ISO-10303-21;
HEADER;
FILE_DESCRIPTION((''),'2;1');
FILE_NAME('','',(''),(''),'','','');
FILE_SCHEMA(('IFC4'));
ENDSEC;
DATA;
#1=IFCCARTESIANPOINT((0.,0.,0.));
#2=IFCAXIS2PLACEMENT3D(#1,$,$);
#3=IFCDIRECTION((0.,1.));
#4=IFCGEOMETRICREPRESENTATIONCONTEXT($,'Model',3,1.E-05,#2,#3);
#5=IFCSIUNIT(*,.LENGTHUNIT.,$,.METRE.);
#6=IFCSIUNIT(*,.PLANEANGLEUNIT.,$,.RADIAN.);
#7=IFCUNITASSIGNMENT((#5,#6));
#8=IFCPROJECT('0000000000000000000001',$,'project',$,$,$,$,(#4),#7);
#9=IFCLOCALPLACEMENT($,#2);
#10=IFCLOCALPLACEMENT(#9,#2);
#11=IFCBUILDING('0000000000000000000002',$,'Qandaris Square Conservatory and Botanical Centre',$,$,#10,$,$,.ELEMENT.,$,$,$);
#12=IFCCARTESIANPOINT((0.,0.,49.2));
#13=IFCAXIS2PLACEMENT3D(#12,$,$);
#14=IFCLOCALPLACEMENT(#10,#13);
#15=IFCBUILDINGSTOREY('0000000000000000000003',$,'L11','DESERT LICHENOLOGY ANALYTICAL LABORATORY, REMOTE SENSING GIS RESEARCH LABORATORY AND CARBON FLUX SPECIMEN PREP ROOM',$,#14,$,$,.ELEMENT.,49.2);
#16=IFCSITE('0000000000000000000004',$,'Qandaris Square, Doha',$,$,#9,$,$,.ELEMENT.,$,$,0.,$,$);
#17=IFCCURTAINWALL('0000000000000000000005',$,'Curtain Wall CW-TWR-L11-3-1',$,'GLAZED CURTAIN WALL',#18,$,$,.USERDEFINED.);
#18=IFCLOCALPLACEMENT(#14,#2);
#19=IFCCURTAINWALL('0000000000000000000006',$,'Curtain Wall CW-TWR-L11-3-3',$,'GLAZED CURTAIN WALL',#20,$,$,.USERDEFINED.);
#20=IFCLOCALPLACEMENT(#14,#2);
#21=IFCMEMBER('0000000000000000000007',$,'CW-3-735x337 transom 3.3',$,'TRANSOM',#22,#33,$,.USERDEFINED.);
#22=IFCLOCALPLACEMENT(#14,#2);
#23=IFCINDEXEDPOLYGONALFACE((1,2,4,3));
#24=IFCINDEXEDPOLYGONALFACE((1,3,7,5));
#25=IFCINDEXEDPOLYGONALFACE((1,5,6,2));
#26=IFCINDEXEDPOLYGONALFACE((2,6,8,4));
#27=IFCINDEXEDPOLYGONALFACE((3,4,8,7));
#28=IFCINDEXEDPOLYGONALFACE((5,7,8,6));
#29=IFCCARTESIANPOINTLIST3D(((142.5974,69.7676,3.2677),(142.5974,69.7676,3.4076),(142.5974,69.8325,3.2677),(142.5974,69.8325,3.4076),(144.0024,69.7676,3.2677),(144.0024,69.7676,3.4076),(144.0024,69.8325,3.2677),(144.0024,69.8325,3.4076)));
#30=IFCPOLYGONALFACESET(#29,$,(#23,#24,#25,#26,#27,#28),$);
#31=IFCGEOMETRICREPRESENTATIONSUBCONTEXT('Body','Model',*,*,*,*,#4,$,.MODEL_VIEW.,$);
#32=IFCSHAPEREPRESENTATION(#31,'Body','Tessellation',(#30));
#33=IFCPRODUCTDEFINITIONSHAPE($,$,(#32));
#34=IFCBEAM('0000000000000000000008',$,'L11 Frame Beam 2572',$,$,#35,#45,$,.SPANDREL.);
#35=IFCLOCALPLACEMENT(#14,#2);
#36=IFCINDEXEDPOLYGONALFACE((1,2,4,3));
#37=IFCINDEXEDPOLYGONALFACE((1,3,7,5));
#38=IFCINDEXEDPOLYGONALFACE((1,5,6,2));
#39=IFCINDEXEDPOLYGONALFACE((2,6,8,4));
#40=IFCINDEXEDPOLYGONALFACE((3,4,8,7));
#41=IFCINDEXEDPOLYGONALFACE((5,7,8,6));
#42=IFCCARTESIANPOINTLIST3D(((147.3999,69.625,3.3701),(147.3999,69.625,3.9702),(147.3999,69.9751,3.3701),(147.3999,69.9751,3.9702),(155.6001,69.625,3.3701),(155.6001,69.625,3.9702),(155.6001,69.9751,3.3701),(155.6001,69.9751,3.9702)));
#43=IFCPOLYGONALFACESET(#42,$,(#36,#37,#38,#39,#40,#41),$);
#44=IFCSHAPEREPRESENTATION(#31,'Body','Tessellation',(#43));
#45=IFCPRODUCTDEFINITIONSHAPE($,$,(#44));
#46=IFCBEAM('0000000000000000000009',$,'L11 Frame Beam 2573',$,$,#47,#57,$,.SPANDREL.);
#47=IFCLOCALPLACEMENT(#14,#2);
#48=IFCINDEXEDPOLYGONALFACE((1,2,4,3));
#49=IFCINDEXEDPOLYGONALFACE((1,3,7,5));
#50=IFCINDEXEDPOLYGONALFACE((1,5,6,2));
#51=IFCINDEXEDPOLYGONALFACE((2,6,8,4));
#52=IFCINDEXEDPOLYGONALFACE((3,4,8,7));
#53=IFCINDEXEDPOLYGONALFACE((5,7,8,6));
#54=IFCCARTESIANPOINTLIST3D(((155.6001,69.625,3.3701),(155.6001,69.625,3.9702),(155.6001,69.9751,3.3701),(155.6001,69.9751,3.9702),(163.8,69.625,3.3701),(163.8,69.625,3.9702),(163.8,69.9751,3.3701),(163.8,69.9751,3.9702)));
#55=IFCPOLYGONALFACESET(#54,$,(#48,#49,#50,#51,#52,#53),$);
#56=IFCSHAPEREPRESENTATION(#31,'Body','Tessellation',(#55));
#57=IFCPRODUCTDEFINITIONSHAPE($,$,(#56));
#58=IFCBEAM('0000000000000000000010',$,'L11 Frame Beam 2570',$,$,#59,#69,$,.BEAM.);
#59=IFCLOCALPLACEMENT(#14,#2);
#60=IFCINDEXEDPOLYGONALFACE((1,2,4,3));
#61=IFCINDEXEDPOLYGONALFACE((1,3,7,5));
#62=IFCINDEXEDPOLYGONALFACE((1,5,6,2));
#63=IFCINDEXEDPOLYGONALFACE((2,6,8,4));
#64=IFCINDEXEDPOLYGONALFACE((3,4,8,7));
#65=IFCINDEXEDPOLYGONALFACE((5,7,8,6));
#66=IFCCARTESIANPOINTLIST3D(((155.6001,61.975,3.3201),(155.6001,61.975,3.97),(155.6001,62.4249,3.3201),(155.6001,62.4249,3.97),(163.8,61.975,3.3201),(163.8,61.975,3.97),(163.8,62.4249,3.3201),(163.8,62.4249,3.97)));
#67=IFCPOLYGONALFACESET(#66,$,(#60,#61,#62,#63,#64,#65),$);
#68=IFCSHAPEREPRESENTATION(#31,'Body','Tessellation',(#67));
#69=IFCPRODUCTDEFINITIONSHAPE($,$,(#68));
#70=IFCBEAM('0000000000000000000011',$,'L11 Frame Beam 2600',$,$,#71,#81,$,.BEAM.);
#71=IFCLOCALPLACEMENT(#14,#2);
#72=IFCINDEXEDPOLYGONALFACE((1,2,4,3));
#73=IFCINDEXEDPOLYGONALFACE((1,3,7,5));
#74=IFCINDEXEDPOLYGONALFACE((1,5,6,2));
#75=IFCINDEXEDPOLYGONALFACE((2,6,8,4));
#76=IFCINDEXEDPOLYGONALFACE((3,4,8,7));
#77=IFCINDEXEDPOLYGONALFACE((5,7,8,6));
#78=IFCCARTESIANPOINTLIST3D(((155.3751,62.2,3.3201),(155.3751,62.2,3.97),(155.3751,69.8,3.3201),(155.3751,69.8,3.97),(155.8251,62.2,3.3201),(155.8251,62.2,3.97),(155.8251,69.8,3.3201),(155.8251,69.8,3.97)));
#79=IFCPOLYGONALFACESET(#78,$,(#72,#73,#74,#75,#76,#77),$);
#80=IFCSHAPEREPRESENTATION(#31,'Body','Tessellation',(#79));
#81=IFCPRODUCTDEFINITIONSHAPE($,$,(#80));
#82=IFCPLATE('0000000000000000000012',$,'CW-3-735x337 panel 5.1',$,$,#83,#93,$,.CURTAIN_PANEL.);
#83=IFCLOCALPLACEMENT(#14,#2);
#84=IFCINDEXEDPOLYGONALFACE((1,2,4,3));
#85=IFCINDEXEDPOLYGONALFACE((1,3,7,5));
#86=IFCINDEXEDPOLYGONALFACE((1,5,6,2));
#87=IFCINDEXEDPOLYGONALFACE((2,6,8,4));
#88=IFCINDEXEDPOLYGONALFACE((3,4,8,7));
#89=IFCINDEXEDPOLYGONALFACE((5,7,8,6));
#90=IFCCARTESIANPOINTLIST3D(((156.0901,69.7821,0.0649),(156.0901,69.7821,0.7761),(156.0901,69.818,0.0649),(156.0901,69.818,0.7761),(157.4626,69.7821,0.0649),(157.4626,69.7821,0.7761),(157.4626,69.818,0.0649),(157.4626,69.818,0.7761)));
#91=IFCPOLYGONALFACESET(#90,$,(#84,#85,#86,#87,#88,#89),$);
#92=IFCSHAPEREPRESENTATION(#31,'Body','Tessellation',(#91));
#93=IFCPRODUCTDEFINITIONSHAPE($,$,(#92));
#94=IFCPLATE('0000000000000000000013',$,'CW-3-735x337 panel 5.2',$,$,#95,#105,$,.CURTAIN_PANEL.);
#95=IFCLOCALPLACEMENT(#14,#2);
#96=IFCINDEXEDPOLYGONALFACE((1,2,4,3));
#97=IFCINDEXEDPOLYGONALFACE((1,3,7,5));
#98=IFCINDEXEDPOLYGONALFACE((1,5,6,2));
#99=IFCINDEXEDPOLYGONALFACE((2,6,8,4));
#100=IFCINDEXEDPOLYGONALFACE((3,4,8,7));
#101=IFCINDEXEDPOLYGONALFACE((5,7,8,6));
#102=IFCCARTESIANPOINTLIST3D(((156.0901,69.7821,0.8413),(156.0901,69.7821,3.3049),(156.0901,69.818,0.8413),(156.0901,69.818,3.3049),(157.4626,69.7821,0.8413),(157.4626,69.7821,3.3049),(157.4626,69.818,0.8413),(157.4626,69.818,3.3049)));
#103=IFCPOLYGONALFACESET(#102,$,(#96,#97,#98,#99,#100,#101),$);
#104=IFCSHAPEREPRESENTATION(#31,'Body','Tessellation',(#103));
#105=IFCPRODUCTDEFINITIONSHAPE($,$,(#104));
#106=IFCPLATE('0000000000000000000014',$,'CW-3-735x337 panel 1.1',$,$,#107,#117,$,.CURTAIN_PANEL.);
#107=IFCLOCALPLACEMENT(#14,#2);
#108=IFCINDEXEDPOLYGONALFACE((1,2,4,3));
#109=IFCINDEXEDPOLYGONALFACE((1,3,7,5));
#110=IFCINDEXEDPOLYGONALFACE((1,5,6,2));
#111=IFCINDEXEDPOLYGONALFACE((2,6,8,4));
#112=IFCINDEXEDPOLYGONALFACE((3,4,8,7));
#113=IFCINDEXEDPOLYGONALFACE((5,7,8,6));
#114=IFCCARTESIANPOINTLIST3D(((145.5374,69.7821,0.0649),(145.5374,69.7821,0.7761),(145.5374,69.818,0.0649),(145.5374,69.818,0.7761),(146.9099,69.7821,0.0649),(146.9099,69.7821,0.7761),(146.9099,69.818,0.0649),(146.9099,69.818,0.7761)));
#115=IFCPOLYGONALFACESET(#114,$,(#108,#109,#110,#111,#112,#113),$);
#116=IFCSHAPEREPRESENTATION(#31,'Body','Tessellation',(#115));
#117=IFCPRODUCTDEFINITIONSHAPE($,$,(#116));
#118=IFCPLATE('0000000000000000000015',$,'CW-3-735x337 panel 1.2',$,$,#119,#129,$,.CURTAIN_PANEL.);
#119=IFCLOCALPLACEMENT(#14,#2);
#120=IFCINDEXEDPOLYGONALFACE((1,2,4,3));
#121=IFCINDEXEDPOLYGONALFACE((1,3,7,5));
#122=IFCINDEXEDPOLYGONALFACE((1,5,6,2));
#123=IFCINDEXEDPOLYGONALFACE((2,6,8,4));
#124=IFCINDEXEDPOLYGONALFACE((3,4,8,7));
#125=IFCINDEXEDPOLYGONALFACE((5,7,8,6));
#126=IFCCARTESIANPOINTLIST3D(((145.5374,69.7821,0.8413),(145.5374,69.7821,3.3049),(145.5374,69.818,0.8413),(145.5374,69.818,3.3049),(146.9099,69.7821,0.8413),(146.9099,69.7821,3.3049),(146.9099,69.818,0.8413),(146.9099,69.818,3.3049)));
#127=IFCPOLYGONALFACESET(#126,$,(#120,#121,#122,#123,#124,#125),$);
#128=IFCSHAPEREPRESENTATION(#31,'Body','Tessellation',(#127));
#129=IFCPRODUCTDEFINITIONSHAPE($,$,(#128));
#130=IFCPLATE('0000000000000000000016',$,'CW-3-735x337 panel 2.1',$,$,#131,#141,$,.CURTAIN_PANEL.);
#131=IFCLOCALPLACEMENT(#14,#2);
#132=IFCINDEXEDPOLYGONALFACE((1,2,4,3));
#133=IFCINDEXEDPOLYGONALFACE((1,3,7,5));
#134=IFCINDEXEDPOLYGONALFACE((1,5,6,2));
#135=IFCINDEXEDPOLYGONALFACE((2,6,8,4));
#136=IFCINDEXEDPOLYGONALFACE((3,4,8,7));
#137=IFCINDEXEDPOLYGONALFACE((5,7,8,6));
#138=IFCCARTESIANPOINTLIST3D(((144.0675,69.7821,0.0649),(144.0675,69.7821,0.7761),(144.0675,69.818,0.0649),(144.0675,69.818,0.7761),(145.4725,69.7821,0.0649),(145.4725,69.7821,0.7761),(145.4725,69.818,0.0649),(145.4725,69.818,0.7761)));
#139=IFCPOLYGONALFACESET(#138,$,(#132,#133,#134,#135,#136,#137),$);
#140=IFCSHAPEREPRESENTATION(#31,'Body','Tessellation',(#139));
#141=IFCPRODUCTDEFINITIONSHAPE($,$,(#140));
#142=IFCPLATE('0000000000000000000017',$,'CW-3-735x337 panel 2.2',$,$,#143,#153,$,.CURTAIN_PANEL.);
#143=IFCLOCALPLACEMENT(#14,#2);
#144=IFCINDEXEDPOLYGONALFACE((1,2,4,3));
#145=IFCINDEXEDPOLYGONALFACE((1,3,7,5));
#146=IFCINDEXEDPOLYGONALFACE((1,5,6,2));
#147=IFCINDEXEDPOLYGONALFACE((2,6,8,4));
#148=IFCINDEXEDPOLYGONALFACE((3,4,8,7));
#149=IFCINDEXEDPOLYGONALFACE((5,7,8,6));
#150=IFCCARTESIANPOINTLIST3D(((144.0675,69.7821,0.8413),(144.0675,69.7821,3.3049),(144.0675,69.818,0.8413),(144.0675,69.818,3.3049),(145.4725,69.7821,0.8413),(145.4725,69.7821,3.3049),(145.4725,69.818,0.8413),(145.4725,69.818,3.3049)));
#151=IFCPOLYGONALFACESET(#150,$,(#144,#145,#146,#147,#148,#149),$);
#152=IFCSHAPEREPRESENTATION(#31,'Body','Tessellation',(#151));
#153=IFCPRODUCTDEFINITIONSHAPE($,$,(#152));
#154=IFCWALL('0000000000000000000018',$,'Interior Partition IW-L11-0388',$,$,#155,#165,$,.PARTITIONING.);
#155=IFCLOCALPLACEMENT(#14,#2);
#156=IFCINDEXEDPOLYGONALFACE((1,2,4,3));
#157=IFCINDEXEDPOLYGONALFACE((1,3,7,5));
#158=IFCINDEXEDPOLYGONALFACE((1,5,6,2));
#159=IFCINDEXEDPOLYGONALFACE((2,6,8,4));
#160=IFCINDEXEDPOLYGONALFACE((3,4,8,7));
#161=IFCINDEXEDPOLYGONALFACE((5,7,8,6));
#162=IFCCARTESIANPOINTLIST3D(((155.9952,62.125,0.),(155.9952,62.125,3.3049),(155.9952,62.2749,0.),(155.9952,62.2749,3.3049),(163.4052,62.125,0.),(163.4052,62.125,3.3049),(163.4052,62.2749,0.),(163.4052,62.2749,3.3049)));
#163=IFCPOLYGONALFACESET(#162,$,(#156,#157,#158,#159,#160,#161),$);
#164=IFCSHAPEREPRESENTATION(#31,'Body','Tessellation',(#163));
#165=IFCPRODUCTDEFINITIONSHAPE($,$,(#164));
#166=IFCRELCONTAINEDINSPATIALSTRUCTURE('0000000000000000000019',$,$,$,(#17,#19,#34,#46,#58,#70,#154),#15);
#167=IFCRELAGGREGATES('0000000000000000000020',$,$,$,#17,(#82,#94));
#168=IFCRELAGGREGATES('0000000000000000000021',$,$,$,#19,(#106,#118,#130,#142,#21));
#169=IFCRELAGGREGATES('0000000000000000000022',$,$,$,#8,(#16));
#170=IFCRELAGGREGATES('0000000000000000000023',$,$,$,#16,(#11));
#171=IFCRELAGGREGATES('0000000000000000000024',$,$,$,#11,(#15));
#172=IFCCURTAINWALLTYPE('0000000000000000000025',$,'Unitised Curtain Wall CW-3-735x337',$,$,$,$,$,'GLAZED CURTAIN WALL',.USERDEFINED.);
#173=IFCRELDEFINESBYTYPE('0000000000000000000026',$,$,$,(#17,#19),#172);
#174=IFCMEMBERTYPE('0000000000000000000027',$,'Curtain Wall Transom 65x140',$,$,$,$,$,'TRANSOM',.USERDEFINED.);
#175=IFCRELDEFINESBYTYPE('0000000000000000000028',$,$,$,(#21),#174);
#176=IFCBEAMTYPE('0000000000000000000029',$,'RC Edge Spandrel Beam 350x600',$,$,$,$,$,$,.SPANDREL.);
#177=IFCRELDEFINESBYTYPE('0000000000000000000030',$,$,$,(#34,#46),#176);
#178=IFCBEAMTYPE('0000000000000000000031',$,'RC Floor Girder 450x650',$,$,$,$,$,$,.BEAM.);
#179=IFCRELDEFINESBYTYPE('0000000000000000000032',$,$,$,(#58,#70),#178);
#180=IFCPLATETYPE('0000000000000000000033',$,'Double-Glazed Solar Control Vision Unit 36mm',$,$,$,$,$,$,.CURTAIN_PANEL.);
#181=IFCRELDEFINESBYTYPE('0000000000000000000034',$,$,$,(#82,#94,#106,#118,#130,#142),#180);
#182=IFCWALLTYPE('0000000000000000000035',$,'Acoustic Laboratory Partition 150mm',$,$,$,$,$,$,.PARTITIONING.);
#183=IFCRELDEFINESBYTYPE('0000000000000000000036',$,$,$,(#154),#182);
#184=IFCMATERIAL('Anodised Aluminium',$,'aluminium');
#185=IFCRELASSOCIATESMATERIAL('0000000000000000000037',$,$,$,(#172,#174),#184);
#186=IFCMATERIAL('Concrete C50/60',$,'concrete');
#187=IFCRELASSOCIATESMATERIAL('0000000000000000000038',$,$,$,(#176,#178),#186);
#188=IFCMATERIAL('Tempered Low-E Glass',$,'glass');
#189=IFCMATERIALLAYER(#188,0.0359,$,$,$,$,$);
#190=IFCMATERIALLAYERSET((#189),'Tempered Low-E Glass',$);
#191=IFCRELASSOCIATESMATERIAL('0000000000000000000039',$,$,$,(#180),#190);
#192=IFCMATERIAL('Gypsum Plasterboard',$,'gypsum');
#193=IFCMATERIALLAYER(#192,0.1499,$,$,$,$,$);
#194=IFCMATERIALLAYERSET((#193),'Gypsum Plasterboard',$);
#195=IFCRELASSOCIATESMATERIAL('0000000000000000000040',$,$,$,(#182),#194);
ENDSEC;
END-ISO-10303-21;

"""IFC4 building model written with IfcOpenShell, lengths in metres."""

from ifc_helpers import new_model, si_unit, direction, frame, frame_2d, origin, origin_2d, place, context, subcontext, project, spatial, rectangle, extrude, material, layer, layer_set, material_profile, profile_set, type_object, element, aggregate, save


model = new_model("IFC4")

# Units and contexts
model_context = context("Model", 3, precision=1e-05, world=origin(), true_north=direction((0.0, 1.0)))
body_context = subcontext(model_context, "Body", "Model", "MODEL_VIEW")
ifc_project = project(units=[si_unit("LENGTHUNIT", "METRE"), si_unit("PLANEANGLEUNIT", "RADIAN")], contexts=[model_context])

# Site, building, storey
site_placement = place(None, origin())
site = spatial("IfcSite", under=ifc_project, at=site_placement, Name="Qandaris Square, Doha", CompositionType="ELEMENT", RefElevation=0.0)
building_placement = place(site_placement, origin())
building = spatial("IfcBuilding", under=site, at=building_placement, Name="Qandaris Square Conservatory and Botanical Centre", CompositionType="ELEMENT")
storey_placement = place(building_placement, frame((0.0, 0.0, 49.2)))
storey = spatial("IfcBuildingStorey", under=building, at=storey_placement, Name="L11", Description="DESERT LICHENOLOGY ANALYTICAL LABORATORY, REMOTE SENSING GIS RESEARCH LABORATORY AND CARBON FLUX SPECIMEN PREP ROOM", CompositionType="ELEMENT", Elevation=49.2)

# Shared definitions
ifc_material_1 = material(Name="Concrete C50/60", Category="concrete")

# Curtain wall
ifc_material_2 = material(Name="Anodised Aluminium", Category="aluminium")
curtain_wall_type = type_object("IfcCurtainWallType", Name="Unitised Curtain Wall CW-3-735x337", ElementType="GLAZED CURTAIN WALL", PredefinedType="USERDEFINED", material=ifc_material_2)
curtain_wall_1_placement = place(storey_placement, origin())
curtain_wall_1 = element("IfcCurtainWall", 1, at=curtain_wall_1_placement, inside=storey, type_object=curtain_wall_type, Name="Curtain Wall CW-TWR-L11-3-1", ObjectType="GLAZED CURTAIN WALL", PredefinedType="USERDEFINED")

# Curtain wall
curtain_wall_2_placement = place(storey_placement, origin())
curtain_wall_2 = element("IfcCurtainWall", 2, at=curtain_wall_2_placement, inside=storey, type_object=curtain_wall_type, Name="Curtain Wall CW-TWR-L11-3-3", ObjectType="GLAZED CURTAIN WALL", PredefinedType="USERDEFINED")

# Member
ifc_material_profile_1 = material_profile(ifc_material_2, rectangle(XDim=0.0649, YDim=0.1399, at=origin_2d()), Name="ALU-TRN 65x140")
ifc_profile_set_1 = profile_set([ifc_material_profile_1], Name="Anodised Aluminium")
member_type_1 = type_object("IfcMemberType", Name="Curtain Wall Transom 65x140", ElementType="TRANSOM", PredefinedType="USERDEFINED", material=ifc_profile_set_1)
member_1_placement = place(storey_placement, frame((144.0024, 69.8, 3.3376), z_axis=(-1.0, 0.0, 0.0), x_axis=(0.0, -1.0, 0.0)))
member_1 = element("IfcMember", 3, at=member_1_placement, type_object=member_type_1, Name="CW-3-735x337 transom 3.3", ObjectType="TRANSOM", PredefinedType="USERDEFINED", context=body_context, shape_type="SweptSolid", body=[
    extrude(rectangle(XDim=0.0649, YDim=0.1399, at=origin_2d()), origin(), (0.0, 0.0, 1.0), 1.405),
])

# Beams
ifc_material_profile_2 = material_profile(ifc_material_1, rectangle(XDim=0.3501, YDim=0.6001, at=origin_2d()), Name="RC-SP 350x600")
ifc_profile_set_2 = profile_set([ifc_material_profile_2], Name="Concrete C50/60")
beam_type_1 = type_object("IfcBeamType", Name="RC Edge Spandrel Beam 350x600", PredefinedType="SPANDREL", material=ifc_profile_set_2)
beam_1_placement = place(storey_placement, frame((147.3999, 69.8, 3.6702), z_axis=(1.0, 0.0, 0.0), x_axis=(0.0, 1.0, 0.0)))
element("IfcBeam", 4, at=beam_1_placement, inside=storey, type_object=beam_type_1, Name="L11 Frame Beam 2572", PredefinedType="SPANDREL", context=body_context, shape_type="SweptSolid", body=[
    extrude(rectangle(XDim=0.3501, YDim=0.6001, at=origin_2d()), origin(), (0.0, 0.0, 1.0), 8.2002),
])
beam_2_placement = place(storey_placement, frame((155.6001, 69.8, 3.6702), z_axis=(1.0, 0.0, 0.0), x_axis=(0.0, 1.0, 0.0)))
element("IfcBeam", 5, at=beam_2_placement, inside=storey, type_object=beam_type_1, Name="L11 Frame Beam 2573", PredefinedType="SPANDREL", context=body_context, shape_type="SweptSolid", body=[
    extrude(rectangle(XDim=0.3501, YDim=0.6001, at=origin_2d()), origin(), (0.0, 0.0, 1.0), 8.2),
])
ifc_material_profile_3 = material_profile(ifc_material_1, rectangle(XDim=0.45, YDim=0.6499, at=origin_2d()), Name="RC-BM 450x650")
ifc_profile_set_3 = profile_set([ifc_material_profile_3], Name="Concrete C50/60")
beam_type_2 = type_object("IfcBeamType", Name="RC Floor Girder 450x650", PredefinedType="BEAM", material=ifc_profile_set_3)
beam_3_placement = place(storey_placement, frame((155.6001, 62.2, 3.645), z_axis=(1.0, 0.0, 0.0), x_axis=(0.0, 1.0, 0.0)))
element("IfcBeam", 6, at=beam_3_placement, inside=storey, type_object=beam_type_2, Name="L11 Frame Beam 2570", PredefinedType="BEAM", context=body_context, shape_type="SweptSolid", body=[
    extrude(rectangle(XDim=0.45, YDim=0.6499, at=origin_2d()), origin(), (0.0, 0.0, 1.0), 8.2),
])
beam_4_placement = place(storey_placement, frame((155.6001, 62.2, 3.645), z_axis=(0.0, 1.0, 0.0), x_axis=(-1.0, 0.0, 0.0)))
element("IfcBeam", 7, at=beam_4_placement, inside=storey, type_object=beam_type_2, Name="L11 Frame Beam 2600", PredefinedType="BEAM", context=body_context, shape_type="SweptSolid", body=[
    extrude(rectangle(XDim=0.45, YDim=0.6499, at=origin_2d()), origin(), (0.0, 0.0, 1.0), 7.6001),
])

# Plates
ifc_material_3 = material(Name="Tempered Low-E Glass", Category="glass")
ifc_layer_1 = layer(ifc_material_3, 0.0359)
ifc_layer_set_1 = layer_set([ifc_layer_1], Name="Tempered Low-E Glass")
plate_type = type_object("IfcPlateType", Name="Double-Glazed Solar Control Vision Unit 36mm", PredefinedType="CURTAIN_PANEL", material=ifc_layer_set_1)
plate_1_placement = place(storey_placement, frame((156.7764, 69.8, 0.0649), z_axis=(0.0, 0.0, 1.0), x_axis=(-1.0, 0.0, 0.0)))
plate_1 = element("IfcPlate", 8, at=plate_1_placement, type_object=plate_type, Name="CW-3-735x337 panel 5.1", PredefinedType="CURTAIN_PANEL", context=body_context, shape_type="SweptSolid", body=[
    extrude(rectangle(XDim=1.3726, YDim=0.0359, at=origin_2d()), origin(), (0.0, 0.0, 1.0), 0.7112),
])
plate_2_placement = place(storey_placement, frame((156.7764, 69.8, 0.8413), z_axis=(0.0, 0.0, 1.0), x_axis=(-1.0, 0.0, 0.0)))
plate_2 = element("IfcPlate", 9, at=plate_2_placement, type_object=plate_type, Name="CW-3-735x337 panel 5.2", PredefinedType="CURTAIN_PANEL", context=body_context, shape_type="SweptSolid", body=[
    extrude(rectangle(XDim=1.3726, YDim=0.0359, at=origin_2d()), origin(), (0.0, 0.0, 1.0), 2.4636),
])
aggregate(curtain_wall_1, [plate_1, plate_2])
plate_3_placement = place(storey_placement, frame((146.2236, 69.8, 0.0649), z_axis=(0.0, 0.0, 1.0), x_axis=(-1.0, 0.0, 0.0)))
plate_3 = element("IfcPlate", 10, at=plate_3_placement, type_object=plate_type, Name="CW-3-735x337 panel 1.1", PredefinedType="CURTAIN_PANEL", context=body_context, shape_type="SweptSolid", body=[
    extrude(rectangle(XDim=1.3726, YDim=0.0359, at=origin_2d()), origin(), (0.0, 0.0, 1.0), 0.7112),
])
plate_4_placement = place(storey_placement, frame((146.2236, 69.8, 0.8413), z_axis=(0.0, 0.0, 1.0), x_axis=(-1.0, 0.0, 0.0)))
plate_4 = element("IfcPlate", 11, at=plate_4_placement, type_object=plate_type, Name="CW-3-735x337 panel 1.2", PredefinedType="CURTAIN_PANEL", context=body_context, shape_type="SweptSolid", body=[
    extrude(rectangle(XDim=1.3726, YDim=0.0359, at=origin_2d()), origin(), (0.0, 0.0, 1.0), 2.4636),
])
plate_5_placement = place(storey_placement, frame((144.77, 69.8, 0.0649), z_axis=(0.0, 0.0, 1.0), x_axis=(-1.0, 0.0, 0.0)))
plate_5 = element("IfcPlate", 12, at=plate_5_placement, type_object=plate_type, Name="CW-3-735x337 panel 2.1", PredefinedType="CURTAIN_PANEL", context=body_context, shape_type="SweptSolid", body=[
    extrude(rectangle(XDim=1.405, YDim=0.0359, at=origin_2d()), origin(), (0.0, 0.0, 1.0), 0.7112),
])
plate_6_placement = place(storey_placement, frame((144.77, 69.8, 0.8413), z_axis=(0.0, 0.0, 1.0), x_axis=(-1.0, 0.0, 0.0)))
plate_6 = element("IfcPlate", 13, at=plate_6_placement, type_object=plate_type, Name="CW-3-735x337 panel 2.2", PredefinedType="CURTAIN_PANEL", context=body_context, shape_type="SweptSolid", body=[
    extrude(rectangle(XDim=1.405, YDim=0.0359, at=origin_2d()), origin(), (0.0, 0.0, 1.0), 2.4636),
])
aggregate(curtain_wall_2, [plate_3, plate_4, plate_5, plate_6, member_1])

# Wall
ifc_material_4 = material(Name="Gypsum Plasterboard", Category="gypsum")
ifc_layer_2 = layer(ifc_material_4, 0.1499)
ifc_layer_set_2 = layer_set([ifc_layer_2], Name="Gypsum Plasterboard")
wall_type_1 = type_object("IfcWallType", Name="Acoustic Laboratory Partition 150mm", PredefinedType="PARTITIONING", material=ifc_layer_set_2)
wall_1_placement = place(storey_placement, frame((155.9951, 62.2, 0.0), z_axis=(0.0, 0.0, 1.0), x_axis=(1.0, 0.0, 0.0)))
element("IfcWall", 14, at=wall_1_placement, inside=storey, type_object=wall_type_1, Name="Interior Partition IW-L11-0388", PredefinedType="PARTITIONING", context=body_context, shape_type="SweptSolid", body=[
    extrude(rectangle(XDim=7.4099, YDim=0.1499, at=frame_2d((3.7051, 0.0))), origin(), (0.0, 0.0, 1.0), 3.3049),
])

save(model, "model.ifc")
